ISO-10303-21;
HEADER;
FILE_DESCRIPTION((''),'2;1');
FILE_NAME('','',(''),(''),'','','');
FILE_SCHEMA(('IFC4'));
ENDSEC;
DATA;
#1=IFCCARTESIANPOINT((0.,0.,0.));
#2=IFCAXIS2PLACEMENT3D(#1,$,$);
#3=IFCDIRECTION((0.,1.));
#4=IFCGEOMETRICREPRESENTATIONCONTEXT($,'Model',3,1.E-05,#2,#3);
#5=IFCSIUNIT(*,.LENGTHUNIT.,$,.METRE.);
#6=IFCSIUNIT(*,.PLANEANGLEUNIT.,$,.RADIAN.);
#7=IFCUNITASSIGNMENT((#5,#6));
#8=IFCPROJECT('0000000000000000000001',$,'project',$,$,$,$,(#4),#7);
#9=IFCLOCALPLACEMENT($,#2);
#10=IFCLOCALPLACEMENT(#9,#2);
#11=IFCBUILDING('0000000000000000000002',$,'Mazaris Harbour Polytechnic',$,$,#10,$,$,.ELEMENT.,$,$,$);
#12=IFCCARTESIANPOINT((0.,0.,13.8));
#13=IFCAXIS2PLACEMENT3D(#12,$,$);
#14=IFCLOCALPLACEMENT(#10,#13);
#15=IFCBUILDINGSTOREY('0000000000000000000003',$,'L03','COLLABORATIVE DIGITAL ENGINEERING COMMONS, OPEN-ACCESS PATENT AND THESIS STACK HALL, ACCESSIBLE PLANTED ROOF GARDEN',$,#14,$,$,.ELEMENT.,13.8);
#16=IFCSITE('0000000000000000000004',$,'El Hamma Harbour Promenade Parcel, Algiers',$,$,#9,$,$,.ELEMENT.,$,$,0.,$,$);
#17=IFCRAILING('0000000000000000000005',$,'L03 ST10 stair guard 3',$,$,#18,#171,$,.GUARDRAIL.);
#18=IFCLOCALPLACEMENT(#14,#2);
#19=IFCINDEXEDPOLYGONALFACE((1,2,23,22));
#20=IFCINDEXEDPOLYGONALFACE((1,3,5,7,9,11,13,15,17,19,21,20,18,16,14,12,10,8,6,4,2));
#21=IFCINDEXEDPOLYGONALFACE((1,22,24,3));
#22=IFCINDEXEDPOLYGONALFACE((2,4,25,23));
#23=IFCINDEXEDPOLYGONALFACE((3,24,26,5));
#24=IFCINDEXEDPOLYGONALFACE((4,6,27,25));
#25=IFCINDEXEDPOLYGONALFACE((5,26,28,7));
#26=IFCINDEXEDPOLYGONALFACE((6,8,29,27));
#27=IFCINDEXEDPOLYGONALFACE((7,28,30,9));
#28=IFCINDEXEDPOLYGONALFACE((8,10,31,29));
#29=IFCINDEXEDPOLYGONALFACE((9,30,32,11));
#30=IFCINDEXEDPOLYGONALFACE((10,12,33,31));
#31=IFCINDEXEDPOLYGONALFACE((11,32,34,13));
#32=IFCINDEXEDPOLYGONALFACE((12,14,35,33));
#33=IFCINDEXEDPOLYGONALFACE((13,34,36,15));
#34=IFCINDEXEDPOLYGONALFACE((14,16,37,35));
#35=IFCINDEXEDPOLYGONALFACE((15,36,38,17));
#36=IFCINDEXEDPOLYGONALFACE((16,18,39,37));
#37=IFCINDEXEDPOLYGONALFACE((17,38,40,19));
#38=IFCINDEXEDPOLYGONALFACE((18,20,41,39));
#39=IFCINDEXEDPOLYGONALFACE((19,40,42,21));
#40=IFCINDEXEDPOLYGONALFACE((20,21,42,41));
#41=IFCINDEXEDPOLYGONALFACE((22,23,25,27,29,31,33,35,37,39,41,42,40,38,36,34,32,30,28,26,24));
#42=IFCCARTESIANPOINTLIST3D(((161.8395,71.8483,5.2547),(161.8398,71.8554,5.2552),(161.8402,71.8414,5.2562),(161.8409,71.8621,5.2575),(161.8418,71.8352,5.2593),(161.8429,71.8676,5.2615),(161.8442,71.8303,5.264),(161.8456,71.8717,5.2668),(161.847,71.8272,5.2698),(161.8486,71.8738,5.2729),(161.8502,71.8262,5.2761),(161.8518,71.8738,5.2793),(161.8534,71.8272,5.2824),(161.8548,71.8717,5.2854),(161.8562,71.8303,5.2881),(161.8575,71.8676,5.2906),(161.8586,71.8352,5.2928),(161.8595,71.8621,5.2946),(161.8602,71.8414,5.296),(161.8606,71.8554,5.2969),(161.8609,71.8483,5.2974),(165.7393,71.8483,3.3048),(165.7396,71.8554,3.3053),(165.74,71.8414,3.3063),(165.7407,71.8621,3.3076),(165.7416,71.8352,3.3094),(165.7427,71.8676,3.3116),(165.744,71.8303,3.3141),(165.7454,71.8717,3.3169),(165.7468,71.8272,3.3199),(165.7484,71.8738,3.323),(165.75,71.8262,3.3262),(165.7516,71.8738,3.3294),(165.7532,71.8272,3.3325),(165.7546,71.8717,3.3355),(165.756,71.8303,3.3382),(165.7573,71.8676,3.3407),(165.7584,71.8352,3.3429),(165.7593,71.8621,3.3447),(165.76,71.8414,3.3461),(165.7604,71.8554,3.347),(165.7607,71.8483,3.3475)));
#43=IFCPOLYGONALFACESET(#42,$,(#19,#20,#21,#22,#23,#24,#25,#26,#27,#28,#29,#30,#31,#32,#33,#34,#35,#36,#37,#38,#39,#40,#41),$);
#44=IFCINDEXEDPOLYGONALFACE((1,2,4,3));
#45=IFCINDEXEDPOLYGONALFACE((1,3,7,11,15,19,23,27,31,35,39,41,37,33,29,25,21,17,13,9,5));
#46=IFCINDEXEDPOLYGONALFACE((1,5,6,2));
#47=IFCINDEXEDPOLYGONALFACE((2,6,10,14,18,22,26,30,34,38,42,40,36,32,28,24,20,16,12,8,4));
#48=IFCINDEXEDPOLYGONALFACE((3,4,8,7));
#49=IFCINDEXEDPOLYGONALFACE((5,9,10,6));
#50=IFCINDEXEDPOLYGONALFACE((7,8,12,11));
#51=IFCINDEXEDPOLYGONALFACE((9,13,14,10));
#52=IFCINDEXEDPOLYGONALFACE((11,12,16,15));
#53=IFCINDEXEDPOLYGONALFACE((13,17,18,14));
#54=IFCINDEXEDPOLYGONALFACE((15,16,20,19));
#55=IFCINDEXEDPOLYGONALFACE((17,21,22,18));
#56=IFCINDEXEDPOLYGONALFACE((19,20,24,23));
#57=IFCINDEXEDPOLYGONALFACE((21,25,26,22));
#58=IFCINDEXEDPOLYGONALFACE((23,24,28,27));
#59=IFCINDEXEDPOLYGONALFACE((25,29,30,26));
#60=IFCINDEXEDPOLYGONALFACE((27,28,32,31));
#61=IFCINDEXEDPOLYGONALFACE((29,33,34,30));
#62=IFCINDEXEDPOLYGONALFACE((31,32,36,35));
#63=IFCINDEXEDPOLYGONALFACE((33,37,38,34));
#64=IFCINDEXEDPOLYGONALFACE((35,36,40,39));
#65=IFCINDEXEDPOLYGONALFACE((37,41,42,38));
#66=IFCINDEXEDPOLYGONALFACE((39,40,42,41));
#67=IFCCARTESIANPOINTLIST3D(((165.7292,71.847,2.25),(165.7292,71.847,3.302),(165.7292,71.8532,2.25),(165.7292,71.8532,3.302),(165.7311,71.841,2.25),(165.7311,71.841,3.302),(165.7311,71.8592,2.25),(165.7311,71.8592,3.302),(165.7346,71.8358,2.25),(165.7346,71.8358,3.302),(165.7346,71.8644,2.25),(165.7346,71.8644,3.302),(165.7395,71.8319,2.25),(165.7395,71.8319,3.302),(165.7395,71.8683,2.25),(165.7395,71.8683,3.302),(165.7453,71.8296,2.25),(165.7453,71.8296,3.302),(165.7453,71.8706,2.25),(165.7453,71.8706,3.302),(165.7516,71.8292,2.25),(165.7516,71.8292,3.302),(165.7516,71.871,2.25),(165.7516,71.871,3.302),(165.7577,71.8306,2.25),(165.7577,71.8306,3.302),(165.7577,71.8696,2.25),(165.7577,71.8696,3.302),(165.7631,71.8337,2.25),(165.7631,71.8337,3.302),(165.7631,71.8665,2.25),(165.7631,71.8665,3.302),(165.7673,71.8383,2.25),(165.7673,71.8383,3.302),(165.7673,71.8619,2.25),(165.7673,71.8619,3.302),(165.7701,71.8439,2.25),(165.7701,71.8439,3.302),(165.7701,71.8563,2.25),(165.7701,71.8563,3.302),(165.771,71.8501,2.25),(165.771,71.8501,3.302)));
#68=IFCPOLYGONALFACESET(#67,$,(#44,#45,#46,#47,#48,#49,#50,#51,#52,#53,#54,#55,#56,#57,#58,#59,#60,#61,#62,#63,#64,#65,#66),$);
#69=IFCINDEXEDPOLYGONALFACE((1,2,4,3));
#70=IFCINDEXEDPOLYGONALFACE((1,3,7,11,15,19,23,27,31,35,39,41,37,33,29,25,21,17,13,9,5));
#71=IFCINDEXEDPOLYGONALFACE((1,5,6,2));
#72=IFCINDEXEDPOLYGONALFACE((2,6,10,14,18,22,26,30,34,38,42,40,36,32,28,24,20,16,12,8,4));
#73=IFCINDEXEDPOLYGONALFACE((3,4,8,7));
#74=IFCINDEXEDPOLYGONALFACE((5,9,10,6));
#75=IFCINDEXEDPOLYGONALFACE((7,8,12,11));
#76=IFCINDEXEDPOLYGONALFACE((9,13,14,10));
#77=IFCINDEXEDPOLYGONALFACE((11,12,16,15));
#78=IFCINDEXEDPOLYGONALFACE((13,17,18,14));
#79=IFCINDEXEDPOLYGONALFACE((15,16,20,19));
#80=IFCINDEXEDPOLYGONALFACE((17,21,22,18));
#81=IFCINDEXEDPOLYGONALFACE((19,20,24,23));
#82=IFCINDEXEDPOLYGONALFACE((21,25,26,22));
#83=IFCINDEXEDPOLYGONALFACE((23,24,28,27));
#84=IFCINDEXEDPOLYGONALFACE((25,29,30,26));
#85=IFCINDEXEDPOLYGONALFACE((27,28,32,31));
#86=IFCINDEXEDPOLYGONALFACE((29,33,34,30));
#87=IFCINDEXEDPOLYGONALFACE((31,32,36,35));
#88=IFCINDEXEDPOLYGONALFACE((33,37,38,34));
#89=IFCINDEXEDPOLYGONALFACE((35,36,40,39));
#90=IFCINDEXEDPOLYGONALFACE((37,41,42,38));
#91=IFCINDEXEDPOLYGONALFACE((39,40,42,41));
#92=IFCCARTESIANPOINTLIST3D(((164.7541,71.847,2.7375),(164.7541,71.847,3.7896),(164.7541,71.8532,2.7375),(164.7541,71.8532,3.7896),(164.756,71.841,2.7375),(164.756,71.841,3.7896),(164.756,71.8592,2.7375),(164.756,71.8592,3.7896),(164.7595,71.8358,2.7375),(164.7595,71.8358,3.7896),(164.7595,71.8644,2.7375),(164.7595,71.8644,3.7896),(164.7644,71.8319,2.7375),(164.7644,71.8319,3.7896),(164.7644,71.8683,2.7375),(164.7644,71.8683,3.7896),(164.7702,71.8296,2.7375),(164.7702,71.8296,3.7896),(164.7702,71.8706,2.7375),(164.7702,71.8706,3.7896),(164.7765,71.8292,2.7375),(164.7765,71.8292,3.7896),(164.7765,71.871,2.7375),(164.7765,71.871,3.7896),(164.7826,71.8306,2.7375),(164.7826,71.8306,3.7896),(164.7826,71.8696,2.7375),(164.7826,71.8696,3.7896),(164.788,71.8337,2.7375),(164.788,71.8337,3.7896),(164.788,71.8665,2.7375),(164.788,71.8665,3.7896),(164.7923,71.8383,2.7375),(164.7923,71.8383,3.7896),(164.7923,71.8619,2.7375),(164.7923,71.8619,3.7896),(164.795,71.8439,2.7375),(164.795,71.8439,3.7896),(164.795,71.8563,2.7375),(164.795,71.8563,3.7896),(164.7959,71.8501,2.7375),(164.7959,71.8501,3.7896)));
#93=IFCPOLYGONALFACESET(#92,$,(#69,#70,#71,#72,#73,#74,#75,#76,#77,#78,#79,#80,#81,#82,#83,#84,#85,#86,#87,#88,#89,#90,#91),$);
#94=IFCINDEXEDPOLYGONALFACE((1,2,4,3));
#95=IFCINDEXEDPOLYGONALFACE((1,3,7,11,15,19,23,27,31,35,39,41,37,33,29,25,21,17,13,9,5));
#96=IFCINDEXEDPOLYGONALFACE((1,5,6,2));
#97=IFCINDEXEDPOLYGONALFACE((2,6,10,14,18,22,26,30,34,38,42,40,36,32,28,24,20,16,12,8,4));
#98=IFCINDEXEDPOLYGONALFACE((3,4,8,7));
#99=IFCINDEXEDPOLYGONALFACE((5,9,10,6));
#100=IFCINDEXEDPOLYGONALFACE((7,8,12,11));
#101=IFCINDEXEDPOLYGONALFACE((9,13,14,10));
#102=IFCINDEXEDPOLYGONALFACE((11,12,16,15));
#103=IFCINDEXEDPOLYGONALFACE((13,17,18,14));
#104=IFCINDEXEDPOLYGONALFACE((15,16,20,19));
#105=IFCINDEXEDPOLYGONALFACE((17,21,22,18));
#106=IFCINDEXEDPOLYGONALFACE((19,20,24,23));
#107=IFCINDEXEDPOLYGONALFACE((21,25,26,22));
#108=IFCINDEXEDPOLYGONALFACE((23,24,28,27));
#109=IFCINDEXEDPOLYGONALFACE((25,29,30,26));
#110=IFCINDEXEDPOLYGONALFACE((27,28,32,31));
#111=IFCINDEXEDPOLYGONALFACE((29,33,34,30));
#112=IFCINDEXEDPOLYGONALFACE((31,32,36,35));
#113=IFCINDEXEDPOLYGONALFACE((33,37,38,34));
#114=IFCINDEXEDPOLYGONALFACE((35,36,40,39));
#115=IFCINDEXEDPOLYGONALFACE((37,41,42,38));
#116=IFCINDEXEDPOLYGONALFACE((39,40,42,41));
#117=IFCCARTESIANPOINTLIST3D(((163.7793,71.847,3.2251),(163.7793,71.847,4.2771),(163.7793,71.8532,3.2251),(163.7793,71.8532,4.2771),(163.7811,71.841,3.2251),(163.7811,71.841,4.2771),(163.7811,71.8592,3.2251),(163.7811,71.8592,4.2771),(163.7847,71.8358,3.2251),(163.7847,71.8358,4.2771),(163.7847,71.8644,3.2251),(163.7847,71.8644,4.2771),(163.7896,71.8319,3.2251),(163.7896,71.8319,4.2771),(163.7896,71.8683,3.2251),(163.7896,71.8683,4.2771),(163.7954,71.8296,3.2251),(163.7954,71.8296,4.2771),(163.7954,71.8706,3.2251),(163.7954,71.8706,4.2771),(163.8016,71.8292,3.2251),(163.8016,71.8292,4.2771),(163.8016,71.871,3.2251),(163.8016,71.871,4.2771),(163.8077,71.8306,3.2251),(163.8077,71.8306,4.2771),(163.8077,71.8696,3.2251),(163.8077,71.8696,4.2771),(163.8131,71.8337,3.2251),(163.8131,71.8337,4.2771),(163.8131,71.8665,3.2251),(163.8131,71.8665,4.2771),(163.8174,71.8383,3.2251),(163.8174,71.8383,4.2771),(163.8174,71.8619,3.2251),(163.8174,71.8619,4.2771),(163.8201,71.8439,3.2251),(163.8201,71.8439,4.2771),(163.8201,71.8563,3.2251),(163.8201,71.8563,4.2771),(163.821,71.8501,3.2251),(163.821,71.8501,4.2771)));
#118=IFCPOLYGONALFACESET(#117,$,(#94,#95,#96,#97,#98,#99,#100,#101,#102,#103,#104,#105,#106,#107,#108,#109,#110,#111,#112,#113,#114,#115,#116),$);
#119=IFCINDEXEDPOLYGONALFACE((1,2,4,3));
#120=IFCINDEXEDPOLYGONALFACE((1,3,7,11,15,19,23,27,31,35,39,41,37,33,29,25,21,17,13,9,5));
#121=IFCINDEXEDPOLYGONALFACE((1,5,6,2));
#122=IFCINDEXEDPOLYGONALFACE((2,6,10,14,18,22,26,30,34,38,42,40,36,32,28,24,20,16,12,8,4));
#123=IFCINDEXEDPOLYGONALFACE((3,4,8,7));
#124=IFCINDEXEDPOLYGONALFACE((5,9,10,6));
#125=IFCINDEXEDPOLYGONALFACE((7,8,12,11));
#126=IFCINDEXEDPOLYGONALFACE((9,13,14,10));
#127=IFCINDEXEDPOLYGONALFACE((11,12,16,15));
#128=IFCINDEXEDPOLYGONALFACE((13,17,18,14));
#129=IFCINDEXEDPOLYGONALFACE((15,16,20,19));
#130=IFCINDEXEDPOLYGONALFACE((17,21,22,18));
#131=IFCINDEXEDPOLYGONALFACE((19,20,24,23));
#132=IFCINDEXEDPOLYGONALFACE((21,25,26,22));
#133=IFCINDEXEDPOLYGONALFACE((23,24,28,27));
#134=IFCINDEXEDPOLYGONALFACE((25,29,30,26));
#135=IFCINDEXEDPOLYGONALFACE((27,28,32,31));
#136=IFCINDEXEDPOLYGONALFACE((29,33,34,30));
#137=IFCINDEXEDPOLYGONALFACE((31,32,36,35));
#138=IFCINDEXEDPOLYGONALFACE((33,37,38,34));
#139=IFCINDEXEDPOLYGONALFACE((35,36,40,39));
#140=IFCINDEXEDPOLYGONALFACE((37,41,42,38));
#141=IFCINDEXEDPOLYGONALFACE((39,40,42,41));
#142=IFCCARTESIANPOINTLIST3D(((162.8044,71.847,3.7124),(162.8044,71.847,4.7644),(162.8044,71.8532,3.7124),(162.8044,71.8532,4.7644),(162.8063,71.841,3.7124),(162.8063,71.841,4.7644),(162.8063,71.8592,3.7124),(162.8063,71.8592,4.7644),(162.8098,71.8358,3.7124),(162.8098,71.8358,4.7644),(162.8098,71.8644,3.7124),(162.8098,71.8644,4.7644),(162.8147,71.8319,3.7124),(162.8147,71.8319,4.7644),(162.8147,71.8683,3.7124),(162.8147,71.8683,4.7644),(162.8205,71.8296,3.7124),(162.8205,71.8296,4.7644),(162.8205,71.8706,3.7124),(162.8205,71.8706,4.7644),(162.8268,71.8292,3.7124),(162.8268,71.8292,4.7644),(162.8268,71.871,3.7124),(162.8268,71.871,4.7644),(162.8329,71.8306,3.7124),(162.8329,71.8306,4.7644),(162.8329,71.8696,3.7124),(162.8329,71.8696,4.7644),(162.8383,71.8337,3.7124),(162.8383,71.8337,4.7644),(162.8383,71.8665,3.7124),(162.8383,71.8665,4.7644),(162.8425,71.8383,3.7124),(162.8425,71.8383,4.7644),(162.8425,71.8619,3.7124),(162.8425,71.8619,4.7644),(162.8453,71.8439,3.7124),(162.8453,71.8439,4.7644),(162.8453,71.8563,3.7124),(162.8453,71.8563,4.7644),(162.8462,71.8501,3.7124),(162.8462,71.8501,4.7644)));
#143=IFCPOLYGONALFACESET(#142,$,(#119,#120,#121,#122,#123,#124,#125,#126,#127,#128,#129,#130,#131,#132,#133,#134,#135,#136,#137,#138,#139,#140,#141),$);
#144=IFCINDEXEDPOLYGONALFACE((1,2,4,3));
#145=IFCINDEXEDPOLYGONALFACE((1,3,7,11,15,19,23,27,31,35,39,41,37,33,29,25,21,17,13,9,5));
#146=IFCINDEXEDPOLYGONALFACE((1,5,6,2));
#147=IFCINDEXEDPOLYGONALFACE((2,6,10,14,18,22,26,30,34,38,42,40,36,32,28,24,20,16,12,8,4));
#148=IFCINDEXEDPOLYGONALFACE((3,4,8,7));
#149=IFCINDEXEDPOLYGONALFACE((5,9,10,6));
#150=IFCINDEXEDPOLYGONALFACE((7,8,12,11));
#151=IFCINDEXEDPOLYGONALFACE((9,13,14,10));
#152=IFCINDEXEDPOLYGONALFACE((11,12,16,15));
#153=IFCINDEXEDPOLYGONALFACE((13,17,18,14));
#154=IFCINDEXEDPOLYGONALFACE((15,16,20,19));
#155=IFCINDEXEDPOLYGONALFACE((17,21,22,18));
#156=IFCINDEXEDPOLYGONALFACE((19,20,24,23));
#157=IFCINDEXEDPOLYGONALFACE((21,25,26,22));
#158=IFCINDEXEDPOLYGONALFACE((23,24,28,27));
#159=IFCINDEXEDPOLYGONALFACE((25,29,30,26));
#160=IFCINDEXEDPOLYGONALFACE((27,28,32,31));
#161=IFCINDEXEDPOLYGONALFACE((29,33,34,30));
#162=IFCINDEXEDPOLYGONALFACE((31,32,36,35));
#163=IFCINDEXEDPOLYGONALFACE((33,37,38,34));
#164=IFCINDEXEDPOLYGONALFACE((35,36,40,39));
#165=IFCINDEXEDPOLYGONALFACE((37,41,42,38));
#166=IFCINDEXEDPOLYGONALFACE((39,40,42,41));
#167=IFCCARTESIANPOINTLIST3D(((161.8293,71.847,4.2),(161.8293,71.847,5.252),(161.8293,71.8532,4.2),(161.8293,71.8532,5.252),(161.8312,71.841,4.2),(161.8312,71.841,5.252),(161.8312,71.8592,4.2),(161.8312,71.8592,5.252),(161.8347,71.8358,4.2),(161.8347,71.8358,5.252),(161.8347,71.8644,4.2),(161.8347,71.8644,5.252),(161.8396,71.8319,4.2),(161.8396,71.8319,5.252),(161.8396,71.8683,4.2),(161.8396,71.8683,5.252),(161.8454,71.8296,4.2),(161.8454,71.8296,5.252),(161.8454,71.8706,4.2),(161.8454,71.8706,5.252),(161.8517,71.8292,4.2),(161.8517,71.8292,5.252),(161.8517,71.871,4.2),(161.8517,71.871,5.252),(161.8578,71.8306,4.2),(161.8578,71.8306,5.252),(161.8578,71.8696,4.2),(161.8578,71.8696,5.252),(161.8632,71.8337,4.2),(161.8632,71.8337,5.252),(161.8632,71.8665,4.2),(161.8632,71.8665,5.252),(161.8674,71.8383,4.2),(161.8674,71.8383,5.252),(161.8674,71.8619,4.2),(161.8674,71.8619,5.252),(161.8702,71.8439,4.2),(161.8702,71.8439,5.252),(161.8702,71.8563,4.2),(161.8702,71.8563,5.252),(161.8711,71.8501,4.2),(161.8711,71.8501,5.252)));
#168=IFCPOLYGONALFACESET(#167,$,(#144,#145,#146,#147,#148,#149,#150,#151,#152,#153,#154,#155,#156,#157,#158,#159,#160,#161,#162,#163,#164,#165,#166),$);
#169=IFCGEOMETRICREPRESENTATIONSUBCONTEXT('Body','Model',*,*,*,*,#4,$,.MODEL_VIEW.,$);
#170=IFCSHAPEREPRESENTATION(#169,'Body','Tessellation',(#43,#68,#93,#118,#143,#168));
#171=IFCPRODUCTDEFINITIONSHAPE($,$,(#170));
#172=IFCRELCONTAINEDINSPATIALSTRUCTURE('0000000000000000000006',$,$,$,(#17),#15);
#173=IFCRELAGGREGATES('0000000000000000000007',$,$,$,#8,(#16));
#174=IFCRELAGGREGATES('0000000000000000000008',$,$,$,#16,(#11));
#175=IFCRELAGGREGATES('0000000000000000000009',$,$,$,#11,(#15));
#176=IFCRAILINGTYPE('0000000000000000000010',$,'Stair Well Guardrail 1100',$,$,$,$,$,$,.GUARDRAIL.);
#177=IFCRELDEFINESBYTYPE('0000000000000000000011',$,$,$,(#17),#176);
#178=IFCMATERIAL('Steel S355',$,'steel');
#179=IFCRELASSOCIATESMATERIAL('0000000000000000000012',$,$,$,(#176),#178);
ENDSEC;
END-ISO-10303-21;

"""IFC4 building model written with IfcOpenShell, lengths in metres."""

from ifc_helpers import new_model, si_unit, direction, frame, origin, origin_2d, place, context, subcontext, project, spatial, circle, extrude, material, type_object, element, save


model = new_model("IFC4")

# Units and contexts
model_context = context("Model", 3, precision=1e-05, world=origin(), true_north=direction((0.0, 1.0)))
body_context = subcontext(model_context, "Body", "Model", "MODEL_VIEW")
ifc_project = project(units=[si_unit("LENGTHUNIT", "METRE"), si_unit("PLANEANGLEUNIT", "RADIAN")], contexts=[model_context])

# Site, building, storey
site_placement = place(None, origin())
site = spatial("IfcSite", under=ifc_project, at=site_placement, Name="El Hamma Harbour Promenade Parcel, Algiers", CompositionType="ELEMENT", RefElevation=0.0)
building_placement = place(site_placement, origin())
building = spatial("IfcBuilding", under=site, at=building_placement, Name="Mazaris Harbour Polytechnic", CompositionType="ELEMENT")
storey_placement = place(building_placement, frame((0.0, 0.0, 13.8)))
storey = spatial("IfcBuildingStorey", under=building, at=storey_placement, Name="L03", Description="COLLABORATIVE DIGITAL ENGINEERING COMMONS, OPEN-ACCESS PATENT AND THESIS STACK HALL, ACCESSIBLE PLANTED ROOF GARDEN", CompositionType="ELEMENT", Elevation=13.8)

# Railing
ifc_material_1 = material(Name="Steel S355", Category="steel")
railing_type_1 = type_object("IfcRailingType", Name="Stair Well Guardrail 1100", PredefinedType="GUARDRAIL", material=ifc_material_1)
railing_1_placement = place(storey_placement, frame((165.75, 71.8501, 2.25)))
element("IfcRailing", 1, at=railing_1_placement, inside=storey, type_object=railing_type_1, Name="L03 ST10 stair guard 3", PredefinedType="GUARDRAIL", context=body_context, shape_type="SweptSolid", body=[
    extrude(circle(Radius=0.0239, at=origin_2d()), frame((0.0, 0.0, 1.0762), z_axis=(-0.894427, 0.0, 0.447214), x_axis=(0.0, -1.0, 0.0)), (0.0, 0.0, 1.0), 4.3601),
    extrude(circle(Radius=0.021, at=origin_2d()), origin(), (0.0, 0.0, 1.0), 1.052),
    extrude(circle(Radius=0.021, at=origin_2d()), frame((-0.9751, 0.0, 0.4875)), (0.0, 0.0, 1.0), 1.052),
    extrude(circle(Radius=0.021, at=origin_2d()), frame((-1.95, 0.0, 0.9751)), (0.0, 0.0, 1.0), 1.052),
    extrude(circle(Radius=0.021, at=origin_2d()), frame((-2.9248, 0.0, 1.4624)), (0.0, 0.0, 1.0), 1.052),
    extrude(circle(Radius=0.021, at=origin_2d()), frame((-3.8999, 0.0, 1.95)), (0.0, 0.0, 1.0), 1.052),
])

save(model, "model.ifc")
